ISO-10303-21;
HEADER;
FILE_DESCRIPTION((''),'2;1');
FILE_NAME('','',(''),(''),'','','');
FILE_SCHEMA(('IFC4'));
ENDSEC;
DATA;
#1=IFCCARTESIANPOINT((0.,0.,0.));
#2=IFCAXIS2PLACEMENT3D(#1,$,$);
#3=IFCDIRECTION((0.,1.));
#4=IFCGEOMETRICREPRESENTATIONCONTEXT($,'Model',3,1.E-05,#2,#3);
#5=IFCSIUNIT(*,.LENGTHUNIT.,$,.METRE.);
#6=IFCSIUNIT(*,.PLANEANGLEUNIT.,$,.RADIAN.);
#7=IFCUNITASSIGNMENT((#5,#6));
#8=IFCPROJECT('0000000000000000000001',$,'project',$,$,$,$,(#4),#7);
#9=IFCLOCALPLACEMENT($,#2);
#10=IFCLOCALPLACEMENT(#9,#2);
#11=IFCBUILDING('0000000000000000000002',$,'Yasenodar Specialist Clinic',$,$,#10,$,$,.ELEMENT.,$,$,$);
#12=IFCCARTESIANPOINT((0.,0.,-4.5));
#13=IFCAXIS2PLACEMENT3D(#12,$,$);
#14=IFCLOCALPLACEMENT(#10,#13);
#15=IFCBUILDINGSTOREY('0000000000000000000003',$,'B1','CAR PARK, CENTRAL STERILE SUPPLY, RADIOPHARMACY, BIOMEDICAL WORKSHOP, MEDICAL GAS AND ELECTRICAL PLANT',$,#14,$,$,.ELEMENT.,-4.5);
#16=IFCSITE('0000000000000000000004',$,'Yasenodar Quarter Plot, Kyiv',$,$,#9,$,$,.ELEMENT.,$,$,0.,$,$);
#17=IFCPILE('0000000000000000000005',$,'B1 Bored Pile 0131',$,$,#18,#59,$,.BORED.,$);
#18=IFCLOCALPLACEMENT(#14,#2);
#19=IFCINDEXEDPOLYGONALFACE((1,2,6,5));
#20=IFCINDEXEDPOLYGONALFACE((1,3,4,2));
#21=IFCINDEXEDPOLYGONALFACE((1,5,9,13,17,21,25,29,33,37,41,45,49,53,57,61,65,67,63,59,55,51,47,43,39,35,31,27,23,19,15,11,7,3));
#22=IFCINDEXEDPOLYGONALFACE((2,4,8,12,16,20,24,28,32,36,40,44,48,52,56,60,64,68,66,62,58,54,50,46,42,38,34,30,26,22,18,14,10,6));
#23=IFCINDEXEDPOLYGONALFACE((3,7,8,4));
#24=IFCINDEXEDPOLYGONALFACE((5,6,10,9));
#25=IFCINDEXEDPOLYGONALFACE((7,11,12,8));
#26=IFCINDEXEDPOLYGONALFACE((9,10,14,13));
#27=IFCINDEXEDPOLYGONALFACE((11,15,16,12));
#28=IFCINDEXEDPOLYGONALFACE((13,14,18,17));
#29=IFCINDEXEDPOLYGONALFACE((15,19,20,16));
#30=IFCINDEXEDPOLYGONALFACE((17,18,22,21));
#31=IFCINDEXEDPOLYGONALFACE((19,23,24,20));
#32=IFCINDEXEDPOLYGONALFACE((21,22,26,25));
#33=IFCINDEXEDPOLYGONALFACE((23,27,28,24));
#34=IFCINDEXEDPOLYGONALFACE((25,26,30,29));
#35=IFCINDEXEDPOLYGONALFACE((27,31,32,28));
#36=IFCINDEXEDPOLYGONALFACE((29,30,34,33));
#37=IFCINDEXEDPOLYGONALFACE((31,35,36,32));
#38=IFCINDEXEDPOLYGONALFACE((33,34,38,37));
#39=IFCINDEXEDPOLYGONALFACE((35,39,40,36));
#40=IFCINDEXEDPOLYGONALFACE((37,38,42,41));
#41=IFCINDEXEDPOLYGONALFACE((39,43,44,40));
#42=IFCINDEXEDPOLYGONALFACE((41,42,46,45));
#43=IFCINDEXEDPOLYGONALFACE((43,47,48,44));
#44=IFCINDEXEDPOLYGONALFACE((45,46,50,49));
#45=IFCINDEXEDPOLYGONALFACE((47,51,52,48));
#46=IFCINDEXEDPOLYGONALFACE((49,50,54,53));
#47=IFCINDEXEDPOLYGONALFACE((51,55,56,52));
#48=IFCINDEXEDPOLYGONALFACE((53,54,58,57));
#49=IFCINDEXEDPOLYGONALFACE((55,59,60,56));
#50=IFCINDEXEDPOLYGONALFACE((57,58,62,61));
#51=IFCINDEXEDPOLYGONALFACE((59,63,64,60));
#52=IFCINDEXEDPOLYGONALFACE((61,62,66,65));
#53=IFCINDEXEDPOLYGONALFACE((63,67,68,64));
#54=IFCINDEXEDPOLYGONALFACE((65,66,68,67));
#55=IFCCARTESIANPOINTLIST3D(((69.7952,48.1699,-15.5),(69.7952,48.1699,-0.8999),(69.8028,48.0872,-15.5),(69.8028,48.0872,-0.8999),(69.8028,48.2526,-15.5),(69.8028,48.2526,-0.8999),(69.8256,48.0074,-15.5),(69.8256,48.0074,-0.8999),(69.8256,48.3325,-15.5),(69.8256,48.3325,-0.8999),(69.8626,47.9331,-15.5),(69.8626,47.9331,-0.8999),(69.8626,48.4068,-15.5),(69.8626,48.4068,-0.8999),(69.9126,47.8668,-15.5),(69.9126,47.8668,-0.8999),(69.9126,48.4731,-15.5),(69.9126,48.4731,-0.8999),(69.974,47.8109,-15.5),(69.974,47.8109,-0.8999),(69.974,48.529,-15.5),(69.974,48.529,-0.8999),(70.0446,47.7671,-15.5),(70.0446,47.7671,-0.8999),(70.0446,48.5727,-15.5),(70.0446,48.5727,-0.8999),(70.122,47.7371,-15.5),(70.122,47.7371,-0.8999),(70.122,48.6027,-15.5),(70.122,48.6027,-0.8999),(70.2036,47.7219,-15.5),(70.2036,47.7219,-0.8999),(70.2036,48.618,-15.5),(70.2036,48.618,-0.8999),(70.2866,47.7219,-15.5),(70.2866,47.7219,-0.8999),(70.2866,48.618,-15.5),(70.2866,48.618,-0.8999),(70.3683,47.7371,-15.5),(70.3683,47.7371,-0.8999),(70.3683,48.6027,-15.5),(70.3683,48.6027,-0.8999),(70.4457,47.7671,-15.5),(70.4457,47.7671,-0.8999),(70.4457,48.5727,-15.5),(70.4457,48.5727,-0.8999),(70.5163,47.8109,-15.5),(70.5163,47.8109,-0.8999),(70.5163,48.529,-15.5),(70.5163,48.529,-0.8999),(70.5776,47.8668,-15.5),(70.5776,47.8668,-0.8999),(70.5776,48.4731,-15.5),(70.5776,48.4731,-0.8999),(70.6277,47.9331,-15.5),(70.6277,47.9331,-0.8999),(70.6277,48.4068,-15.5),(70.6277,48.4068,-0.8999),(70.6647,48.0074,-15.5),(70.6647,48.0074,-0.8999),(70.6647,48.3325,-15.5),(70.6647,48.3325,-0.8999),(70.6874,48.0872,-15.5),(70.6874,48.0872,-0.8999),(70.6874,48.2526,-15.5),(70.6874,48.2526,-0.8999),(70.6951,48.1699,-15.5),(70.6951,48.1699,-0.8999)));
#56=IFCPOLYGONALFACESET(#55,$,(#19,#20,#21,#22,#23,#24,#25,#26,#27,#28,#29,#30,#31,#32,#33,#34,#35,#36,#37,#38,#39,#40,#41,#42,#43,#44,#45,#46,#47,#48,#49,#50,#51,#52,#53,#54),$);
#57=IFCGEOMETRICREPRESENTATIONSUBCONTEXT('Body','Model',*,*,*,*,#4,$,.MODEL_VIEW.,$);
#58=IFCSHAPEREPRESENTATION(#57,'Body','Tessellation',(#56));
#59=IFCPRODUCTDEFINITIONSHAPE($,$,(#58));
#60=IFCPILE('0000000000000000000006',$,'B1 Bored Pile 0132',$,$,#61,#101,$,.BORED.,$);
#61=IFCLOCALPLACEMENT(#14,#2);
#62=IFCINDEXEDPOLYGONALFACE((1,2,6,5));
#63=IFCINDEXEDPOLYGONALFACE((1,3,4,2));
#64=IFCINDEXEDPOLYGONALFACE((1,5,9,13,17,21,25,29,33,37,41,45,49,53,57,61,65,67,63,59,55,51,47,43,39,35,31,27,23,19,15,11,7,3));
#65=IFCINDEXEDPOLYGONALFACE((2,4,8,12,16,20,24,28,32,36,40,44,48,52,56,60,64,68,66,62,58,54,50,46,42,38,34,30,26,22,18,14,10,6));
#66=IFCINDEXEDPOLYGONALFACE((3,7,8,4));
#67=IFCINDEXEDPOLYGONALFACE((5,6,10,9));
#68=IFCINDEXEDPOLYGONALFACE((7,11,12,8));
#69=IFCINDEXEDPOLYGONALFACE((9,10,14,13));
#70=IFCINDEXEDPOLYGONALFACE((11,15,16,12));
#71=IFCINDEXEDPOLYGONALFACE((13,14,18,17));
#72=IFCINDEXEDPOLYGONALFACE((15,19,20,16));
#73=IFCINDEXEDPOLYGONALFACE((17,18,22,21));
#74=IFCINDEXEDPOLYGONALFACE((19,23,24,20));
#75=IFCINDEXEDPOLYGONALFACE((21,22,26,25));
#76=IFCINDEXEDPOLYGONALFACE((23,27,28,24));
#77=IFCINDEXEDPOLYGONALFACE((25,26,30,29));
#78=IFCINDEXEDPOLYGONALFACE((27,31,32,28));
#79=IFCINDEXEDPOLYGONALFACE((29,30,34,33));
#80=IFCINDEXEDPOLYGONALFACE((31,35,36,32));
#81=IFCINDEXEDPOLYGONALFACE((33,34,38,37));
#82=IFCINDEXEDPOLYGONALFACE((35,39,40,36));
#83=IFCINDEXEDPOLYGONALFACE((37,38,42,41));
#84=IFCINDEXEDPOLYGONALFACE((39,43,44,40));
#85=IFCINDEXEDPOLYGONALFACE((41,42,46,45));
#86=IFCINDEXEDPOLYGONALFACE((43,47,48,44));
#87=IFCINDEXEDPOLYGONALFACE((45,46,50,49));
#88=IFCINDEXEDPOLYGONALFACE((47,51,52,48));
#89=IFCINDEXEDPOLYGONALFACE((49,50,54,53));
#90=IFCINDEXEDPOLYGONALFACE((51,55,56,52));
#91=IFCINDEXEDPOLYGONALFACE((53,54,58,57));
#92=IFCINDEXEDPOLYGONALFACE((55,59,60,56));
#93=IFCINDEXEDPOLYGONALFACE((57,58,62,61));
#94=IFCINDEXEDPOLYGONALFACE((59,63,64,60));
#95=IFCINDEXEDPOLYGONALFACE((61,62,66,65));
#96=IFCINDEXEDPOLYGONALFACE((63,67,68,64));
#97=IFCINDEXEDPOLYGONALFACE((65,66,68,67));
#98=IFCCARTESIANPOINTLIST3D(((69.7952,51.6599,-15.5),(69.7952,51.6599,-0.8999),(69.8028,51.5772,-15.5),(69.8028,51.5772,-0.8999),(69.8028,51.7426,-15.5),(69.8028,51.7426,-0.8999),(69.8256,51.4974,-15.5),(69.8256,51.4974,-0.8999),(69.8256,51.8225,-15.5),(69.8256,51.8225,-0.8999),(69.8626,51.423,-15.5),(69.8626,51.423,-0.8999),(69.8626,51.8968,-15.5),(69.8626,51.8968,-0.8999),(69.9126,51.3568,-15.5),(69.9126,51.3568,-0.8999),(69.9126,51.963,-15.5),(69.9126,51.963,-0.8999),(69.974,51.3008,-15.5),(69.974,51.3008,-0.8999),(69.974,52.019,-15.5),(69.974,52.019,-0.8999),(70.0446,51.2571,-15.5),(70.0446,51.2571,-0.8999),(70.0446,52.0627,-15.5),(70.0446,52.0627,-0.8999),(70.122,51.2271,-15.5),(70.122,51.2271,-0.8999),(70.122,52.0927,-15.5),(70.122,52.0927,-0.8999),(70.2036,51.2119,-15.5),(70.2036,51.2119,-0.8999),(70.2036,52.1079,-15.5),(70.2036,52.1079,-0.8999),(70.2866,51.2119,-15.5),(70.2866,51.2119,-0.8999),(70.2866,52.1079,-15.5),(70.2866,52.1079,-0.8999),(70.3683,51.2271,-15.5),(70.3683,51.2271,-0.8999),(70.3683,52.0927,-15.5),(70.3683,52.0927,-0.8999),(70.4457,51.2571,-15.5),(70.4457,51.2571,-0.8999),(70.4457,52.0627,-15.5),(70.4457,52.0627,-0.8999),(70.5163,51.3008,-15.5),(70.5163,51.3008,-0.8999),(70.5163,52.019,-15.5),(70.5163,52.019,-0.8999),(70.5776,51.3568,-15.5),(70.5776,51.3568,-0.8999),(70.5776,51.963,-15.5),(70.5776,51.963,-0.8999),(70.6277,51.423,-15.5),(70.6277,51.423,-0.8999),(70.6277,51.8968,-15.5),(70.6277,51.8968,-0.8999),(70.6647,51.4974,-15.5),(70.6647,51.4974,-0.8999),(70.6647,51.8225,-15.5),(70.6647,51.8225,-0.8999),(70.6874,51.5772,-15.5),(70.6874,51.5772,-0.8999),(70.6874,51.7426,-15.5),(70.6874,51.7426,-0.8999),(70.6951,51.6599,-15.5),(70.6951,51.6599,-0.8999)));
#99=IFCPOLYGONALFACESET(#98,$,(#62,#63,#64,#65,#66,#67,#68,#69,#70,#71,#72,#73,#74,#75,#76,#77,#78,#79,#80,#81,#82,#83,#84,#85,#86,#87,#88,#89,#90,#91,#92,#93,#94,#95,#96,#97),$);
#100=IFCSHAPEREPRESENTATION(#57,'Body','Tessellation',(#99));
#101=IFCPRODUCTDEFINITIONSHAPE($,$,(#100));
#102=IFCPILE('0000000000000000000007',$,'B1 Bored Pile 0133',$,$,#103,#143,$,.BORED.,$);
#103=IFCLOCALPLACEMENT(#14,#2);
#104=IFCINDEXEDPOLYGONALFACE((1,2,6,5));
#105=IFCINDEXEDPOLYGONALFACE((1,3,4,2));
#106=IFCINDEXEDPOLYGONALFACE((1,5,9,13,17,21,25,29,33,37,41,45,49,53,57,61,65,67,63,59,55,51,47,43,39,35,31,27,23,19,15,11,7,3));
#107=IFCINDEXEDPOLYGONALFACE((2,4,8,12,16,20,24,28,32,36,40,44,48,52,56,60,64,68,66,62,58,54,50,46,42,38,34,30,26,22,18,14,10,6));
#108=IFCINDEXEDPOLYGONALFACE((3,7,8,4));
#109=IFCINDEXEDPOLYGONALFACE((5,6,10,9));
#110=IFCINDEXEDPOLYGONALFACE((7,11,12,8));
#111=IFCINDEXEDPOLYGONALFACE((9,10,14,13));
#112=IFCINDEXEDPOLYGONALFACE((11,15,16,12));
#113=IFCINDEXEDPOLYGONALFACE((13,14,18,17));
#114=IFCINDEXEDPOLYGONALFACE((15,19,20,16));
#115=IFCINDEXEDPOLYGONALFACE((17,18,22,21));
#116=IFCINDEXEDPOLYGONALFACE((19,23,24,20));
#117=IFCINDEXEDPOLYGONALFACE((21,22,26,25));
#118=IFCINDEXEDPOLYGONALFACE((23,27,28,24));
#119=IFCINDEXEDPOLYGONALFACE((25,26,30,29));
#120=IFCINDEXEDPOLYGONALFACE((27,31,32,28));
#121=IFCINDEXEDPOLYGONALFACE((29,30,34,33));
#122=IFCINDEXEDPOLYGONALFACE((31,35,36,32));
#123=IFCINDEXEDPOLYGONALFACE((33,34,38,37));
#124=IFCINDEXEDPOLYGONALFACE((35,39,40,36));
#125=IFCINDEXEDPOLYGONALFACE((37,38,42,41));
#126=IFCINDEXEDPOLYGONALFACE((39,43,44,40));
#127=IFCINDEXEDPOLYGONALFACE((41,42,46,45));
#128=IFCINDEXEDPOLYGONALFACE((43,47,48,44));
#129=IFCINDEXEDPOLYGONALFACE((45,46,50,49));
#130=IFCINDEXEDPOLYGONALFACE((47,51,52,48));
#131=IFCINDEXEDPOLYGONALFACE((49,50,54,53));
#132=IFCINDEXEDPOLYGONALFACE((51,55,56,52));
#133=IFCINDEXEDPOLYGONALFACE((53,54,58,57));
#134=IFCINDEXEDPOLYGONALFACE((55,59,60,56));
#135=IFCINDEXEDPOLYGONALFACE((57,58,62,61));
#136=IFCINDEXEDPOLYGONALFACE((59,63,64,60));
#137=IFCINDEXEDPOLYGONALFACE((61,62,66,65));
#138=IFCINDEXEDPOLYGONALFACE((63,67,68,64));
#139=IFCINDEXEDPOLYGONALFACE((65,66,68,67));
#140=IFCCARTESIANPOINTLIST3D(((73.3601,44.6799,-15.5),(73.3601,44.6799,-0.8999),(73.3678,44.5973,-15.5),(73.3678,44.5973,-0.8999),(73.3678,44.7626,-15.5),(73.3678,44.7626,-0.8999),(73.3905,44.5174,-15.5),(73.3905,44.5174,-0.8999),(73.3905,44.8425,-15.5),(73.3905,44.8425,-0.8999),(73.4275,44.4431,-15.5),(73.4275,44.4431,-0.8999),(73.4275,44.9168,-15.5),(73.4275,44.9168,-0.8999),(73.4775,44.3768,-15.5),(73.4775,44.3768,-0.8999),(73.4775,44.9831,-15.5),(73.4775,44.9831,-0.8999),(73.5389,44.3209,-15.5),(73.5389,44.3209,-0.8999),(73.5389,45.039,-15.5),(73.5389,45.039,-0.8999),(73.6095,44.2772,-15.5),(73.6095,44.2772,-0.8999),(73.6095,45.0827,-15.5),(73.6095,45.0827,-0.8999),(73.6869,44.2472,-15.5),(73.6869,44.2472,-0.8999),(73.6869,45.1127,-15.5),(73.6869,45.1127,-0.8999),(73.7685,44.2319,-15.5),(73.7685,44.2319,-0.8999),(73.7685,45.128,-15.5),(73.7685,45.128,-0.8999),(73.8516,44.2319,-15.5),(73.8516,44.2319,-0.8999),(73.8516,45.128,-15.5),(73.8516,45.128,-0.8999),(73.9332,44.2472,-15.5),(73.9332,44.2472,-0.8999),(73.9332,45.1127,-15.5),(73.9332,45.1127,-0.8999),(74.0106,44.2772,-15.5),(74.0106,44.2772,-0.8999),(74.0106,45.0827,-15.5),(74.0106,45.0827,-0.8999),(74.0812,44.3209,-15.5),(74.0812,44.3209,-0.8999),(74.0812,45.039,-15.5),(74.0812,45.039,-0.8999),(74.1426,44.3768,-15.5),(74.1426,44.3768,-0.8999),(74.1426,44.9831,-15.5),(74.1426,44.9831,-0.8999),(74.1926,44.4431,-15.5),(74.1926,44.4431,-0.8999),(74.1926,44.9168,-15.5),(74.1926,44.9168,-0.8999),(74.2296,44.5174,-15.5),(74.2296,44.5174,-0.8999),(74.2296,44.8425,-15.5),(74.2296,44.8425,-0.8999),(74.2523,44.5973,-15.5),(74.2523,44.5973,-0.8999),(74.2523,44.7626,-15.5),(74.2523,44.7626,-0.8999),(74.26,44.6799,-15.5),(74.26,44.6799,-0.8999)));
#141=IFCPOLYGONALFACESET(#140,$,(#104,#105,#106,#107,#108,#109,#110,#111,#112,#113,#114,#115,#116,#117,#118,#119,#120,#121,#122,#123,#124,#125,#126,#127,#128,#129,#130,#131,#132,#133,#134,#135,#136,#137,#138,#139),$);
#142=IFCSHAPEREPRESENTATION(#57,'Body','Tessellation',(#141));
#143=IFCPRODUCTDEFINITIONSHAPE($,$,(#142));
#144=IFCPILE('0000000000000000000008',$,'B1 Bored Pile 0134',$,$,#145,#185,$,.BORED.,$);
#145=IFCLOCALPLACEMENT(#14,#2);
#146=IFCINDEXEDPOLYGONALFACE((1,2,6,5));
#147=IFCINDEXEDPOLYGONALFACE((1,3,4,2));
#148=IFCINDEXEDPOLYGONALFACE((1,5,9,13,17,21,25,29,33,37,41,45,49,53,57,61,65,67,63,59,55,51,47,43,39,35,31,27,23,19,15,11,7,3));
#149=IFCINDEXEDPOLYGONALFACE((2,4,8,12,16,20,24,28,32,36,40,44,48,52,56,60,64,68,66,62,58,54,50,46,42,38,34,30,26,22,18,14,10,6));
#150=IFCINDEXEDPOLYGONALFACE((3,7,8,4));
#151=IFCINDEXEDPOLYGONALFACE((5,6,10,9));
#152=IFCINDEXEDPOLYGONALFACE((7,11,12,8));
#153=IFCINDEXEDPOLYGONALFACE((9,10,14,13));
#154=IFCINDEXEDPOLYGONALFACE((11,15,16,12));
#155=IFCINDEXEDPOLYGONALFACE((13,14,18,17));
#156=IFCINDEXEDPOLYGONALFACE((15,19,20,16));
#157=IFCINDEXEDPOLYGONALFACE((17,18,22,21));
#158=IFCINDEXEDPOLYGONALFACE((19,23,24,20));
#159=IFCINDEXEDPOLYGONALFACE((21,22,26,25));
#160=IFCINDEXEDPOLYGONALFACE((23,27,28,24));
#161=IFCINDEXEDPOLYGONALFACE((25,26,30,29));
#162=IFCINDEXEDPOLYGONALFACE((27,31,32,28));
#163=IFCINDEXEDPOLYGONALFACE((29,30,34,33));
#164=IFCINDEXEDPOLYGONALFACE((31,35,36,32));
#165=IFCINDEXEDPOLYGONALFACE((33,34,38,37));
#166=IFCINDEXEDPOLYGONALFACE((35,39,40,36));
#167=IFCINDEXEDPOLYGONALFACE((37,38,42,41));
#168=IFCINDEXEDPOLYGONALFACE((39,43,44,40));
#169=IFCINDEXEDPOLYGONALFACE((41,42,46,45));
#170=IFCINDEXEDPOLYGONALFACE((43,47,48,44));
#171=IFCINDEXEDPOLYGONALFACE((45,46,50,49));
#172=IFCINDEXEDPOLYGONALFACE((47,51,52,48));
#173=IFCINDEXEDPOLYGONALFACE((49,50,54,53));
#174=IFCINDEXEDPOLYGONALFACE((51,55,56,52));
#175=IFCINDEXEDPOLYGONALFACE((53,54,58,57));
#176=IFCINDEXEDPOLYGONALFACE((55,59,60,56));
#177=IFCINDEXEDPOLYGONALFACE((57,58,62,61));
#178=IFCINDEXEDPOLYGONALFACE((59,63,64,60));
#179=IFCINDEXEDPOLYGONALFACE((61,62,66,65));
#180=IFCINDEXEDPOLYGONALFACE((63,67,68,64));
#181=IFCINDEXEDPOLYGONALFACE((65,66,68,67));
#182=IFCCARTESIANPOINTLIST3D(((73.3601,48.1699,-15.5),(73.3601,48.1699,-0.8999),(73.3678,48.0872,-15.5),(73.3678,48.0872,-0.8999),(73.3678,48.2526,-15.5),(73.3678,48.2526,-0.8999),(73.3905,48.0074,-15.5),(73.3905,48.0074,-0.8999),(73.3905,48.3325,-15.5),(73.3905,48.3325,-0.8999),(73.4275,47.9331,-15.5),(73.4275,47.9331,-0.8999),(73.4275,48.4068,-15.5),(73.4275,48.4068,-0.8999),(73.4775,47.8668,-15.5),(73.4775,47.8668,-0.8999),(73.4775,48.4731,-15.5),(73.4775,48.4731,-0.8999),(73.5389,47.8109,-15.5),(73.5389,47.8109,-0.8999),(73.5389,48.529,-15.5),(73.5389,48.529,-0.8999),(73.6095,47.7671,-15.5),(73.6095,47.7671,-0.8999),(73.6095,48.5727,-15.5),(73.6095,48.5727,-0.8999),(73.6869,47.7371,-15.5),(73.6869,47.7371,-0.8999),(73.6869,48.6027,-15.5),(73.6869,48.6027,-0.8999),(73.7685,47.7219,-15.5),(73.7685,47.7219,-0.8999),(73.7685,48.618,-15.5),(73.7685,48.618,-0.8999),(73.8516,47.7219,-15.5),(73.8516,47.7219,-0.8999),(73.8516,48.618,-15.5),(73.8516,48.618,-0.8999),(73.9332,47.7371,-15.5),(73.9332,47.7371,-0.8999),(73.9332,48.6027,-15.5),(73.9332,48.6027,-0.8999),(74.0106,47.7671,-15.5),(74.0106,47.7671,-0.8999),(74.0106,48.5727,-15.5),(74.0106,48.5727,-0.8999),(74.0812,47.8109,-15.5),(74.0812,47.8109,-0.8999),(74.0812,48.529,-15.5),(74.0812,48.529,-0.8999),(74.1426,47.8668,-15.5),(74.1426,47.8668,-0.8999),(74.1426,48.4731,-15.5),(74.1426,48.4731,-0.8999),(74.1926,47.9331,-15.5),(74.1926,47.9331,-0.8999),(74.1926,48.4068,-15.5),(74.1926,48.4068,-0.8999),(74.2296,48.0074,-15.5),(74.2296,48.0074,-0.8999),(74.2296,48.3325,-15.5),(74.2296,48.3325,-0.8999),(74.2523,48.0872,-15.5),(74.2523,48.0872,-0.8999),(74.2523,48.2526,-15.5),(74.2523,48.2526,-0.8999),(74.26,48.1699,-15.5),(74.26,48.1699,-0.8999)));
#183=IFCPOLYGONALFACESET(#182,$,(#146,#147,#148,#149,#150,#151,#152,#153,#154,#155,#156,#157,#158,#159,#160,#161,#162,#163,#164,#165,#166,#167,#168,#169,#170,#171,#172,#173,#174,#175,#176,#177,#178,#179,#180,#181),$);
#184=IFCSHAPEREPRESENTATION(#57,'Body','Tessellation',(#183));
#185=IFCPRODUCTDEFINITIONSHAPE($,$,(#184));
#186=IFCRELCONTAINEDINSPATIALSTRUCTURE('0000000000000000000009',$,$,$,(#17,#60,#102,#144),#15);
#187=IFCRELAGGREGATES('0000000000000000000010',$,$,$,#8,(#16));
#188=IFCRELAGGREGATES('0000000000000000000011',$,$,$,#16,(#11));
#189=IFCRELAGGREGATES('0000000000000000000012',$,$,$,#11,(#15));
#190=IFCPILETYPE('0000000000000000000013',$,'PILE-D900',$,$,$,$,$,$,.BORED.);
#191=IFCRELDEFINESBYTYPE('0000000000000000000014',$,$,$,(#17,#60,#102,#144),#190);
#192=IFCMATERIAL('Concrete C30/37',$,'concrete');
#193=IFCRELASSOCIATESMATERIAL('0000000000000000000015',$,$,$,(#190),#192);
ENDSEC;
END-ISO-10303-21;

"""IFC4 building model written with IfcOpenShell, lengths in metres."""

from ifc_helpers import new_model, si_unit, direction, frame, origin, origin_2d, place, context, subcontext, project, spatial, circle, extrude, material, material_profile, profile_set, type_object, element, save


model = new_model("IFC4")

# Units and contexts
model_context = context("Model", 3, precision=1e-05, world=origin(), true_north=direction((0.0, 1.0)))
body_context = subcontext(model_context, "Body", "Model", "MODEL_VIEW")
ifc_project = project(units=[si_unit("LENGTHUNIT", "METRE"), si_unit("PLANEANGLEUNIT", "RADIAN")], contexts=[model_context])

# Site, building, storey
site_placement = place(None, origin())
site = spatial("IfcSite", under=ifc_project, at=site_placement, Name="Yasenodar Quarter Plot, Kyiv", CompositionType="ELEMENT", RefElevation=0.0)
building_placement = place(site_placement, origin())
building = spatial("IfcBuilding", under=site, at=building_placement, Name="Yasenodar Specialist Clinic", CompositionType="ELEMENT")
storey_placement = place(building_placement, frame((0.0, 0.0, -4.5)))
storey = spatial("IfcBuildingStorey", under=building, at=storey_placement, Name="B1", Description="CAR PARK, CENTRAL STERILE SUPPLY, RADIOPHARMACY, BIOMEDICAL WORKSHOP, MEDICAL GAS AND ELECTRICAL PLANT", CompositionType="ELEMENT", Elevation=-4.5)

# Piles
ifc_material_1 = material(Name="Concrete C30/37", Category="concrete")
ifc_material_profile_1 = material_profile(ifc_material_1, circle(Radius=0.45, at=origin_2d()), Name="PILE D900")
ifc_profile_set_1 = profile_set([ifc_material_profile_1], Name="Concrete C30/37")
pile_type_1 = type_object("IfcPileType", Name="PILE-D900", PredefinedType="BORED", material=ifc_profile_set_1)
for number, where, z_axis, x_axis, name in (
    (1, (70.2451, 48.1699, -0.8999), (0.0, 0.0, -1.0), (1.0, 0.0, 0.0), "B1 Bored Pile 0131"),
    (2, (70.2451, 51.6599, -0.8999), (0.0, 0.0, -1.0), (1.0, 0.0, 0.0), "B1 Bored Pile 0132"),
    (3, (73.8101, 44.6799, -0.8999), (0.0, 0.0, -1.0), (1.0, 0.0, 0.0), "B1 Bored Pile 0133"),
    (4, (73.8101, 48.1699, -0.8999), (0.0, 0.0, -1.0), (1.0, 0.0, 0.0), "B1 Bored Pile 0134"),
):
    element("IfcPile", number, at=place(storey_placement, frame(where, z_axis=z_axis, x_axis=x_axis)), inside=storey, type_object=pile_type_1, Name=name, PredefinedType="BORED", context=body_context, shape_type="SweptSolid", body=[
        extrude(circle(Radius=0.45, at=origin_2d()), origin(), (0.0, 0.0, 1.0), 14.6001),
    ])

save(model, "model.ifc")
